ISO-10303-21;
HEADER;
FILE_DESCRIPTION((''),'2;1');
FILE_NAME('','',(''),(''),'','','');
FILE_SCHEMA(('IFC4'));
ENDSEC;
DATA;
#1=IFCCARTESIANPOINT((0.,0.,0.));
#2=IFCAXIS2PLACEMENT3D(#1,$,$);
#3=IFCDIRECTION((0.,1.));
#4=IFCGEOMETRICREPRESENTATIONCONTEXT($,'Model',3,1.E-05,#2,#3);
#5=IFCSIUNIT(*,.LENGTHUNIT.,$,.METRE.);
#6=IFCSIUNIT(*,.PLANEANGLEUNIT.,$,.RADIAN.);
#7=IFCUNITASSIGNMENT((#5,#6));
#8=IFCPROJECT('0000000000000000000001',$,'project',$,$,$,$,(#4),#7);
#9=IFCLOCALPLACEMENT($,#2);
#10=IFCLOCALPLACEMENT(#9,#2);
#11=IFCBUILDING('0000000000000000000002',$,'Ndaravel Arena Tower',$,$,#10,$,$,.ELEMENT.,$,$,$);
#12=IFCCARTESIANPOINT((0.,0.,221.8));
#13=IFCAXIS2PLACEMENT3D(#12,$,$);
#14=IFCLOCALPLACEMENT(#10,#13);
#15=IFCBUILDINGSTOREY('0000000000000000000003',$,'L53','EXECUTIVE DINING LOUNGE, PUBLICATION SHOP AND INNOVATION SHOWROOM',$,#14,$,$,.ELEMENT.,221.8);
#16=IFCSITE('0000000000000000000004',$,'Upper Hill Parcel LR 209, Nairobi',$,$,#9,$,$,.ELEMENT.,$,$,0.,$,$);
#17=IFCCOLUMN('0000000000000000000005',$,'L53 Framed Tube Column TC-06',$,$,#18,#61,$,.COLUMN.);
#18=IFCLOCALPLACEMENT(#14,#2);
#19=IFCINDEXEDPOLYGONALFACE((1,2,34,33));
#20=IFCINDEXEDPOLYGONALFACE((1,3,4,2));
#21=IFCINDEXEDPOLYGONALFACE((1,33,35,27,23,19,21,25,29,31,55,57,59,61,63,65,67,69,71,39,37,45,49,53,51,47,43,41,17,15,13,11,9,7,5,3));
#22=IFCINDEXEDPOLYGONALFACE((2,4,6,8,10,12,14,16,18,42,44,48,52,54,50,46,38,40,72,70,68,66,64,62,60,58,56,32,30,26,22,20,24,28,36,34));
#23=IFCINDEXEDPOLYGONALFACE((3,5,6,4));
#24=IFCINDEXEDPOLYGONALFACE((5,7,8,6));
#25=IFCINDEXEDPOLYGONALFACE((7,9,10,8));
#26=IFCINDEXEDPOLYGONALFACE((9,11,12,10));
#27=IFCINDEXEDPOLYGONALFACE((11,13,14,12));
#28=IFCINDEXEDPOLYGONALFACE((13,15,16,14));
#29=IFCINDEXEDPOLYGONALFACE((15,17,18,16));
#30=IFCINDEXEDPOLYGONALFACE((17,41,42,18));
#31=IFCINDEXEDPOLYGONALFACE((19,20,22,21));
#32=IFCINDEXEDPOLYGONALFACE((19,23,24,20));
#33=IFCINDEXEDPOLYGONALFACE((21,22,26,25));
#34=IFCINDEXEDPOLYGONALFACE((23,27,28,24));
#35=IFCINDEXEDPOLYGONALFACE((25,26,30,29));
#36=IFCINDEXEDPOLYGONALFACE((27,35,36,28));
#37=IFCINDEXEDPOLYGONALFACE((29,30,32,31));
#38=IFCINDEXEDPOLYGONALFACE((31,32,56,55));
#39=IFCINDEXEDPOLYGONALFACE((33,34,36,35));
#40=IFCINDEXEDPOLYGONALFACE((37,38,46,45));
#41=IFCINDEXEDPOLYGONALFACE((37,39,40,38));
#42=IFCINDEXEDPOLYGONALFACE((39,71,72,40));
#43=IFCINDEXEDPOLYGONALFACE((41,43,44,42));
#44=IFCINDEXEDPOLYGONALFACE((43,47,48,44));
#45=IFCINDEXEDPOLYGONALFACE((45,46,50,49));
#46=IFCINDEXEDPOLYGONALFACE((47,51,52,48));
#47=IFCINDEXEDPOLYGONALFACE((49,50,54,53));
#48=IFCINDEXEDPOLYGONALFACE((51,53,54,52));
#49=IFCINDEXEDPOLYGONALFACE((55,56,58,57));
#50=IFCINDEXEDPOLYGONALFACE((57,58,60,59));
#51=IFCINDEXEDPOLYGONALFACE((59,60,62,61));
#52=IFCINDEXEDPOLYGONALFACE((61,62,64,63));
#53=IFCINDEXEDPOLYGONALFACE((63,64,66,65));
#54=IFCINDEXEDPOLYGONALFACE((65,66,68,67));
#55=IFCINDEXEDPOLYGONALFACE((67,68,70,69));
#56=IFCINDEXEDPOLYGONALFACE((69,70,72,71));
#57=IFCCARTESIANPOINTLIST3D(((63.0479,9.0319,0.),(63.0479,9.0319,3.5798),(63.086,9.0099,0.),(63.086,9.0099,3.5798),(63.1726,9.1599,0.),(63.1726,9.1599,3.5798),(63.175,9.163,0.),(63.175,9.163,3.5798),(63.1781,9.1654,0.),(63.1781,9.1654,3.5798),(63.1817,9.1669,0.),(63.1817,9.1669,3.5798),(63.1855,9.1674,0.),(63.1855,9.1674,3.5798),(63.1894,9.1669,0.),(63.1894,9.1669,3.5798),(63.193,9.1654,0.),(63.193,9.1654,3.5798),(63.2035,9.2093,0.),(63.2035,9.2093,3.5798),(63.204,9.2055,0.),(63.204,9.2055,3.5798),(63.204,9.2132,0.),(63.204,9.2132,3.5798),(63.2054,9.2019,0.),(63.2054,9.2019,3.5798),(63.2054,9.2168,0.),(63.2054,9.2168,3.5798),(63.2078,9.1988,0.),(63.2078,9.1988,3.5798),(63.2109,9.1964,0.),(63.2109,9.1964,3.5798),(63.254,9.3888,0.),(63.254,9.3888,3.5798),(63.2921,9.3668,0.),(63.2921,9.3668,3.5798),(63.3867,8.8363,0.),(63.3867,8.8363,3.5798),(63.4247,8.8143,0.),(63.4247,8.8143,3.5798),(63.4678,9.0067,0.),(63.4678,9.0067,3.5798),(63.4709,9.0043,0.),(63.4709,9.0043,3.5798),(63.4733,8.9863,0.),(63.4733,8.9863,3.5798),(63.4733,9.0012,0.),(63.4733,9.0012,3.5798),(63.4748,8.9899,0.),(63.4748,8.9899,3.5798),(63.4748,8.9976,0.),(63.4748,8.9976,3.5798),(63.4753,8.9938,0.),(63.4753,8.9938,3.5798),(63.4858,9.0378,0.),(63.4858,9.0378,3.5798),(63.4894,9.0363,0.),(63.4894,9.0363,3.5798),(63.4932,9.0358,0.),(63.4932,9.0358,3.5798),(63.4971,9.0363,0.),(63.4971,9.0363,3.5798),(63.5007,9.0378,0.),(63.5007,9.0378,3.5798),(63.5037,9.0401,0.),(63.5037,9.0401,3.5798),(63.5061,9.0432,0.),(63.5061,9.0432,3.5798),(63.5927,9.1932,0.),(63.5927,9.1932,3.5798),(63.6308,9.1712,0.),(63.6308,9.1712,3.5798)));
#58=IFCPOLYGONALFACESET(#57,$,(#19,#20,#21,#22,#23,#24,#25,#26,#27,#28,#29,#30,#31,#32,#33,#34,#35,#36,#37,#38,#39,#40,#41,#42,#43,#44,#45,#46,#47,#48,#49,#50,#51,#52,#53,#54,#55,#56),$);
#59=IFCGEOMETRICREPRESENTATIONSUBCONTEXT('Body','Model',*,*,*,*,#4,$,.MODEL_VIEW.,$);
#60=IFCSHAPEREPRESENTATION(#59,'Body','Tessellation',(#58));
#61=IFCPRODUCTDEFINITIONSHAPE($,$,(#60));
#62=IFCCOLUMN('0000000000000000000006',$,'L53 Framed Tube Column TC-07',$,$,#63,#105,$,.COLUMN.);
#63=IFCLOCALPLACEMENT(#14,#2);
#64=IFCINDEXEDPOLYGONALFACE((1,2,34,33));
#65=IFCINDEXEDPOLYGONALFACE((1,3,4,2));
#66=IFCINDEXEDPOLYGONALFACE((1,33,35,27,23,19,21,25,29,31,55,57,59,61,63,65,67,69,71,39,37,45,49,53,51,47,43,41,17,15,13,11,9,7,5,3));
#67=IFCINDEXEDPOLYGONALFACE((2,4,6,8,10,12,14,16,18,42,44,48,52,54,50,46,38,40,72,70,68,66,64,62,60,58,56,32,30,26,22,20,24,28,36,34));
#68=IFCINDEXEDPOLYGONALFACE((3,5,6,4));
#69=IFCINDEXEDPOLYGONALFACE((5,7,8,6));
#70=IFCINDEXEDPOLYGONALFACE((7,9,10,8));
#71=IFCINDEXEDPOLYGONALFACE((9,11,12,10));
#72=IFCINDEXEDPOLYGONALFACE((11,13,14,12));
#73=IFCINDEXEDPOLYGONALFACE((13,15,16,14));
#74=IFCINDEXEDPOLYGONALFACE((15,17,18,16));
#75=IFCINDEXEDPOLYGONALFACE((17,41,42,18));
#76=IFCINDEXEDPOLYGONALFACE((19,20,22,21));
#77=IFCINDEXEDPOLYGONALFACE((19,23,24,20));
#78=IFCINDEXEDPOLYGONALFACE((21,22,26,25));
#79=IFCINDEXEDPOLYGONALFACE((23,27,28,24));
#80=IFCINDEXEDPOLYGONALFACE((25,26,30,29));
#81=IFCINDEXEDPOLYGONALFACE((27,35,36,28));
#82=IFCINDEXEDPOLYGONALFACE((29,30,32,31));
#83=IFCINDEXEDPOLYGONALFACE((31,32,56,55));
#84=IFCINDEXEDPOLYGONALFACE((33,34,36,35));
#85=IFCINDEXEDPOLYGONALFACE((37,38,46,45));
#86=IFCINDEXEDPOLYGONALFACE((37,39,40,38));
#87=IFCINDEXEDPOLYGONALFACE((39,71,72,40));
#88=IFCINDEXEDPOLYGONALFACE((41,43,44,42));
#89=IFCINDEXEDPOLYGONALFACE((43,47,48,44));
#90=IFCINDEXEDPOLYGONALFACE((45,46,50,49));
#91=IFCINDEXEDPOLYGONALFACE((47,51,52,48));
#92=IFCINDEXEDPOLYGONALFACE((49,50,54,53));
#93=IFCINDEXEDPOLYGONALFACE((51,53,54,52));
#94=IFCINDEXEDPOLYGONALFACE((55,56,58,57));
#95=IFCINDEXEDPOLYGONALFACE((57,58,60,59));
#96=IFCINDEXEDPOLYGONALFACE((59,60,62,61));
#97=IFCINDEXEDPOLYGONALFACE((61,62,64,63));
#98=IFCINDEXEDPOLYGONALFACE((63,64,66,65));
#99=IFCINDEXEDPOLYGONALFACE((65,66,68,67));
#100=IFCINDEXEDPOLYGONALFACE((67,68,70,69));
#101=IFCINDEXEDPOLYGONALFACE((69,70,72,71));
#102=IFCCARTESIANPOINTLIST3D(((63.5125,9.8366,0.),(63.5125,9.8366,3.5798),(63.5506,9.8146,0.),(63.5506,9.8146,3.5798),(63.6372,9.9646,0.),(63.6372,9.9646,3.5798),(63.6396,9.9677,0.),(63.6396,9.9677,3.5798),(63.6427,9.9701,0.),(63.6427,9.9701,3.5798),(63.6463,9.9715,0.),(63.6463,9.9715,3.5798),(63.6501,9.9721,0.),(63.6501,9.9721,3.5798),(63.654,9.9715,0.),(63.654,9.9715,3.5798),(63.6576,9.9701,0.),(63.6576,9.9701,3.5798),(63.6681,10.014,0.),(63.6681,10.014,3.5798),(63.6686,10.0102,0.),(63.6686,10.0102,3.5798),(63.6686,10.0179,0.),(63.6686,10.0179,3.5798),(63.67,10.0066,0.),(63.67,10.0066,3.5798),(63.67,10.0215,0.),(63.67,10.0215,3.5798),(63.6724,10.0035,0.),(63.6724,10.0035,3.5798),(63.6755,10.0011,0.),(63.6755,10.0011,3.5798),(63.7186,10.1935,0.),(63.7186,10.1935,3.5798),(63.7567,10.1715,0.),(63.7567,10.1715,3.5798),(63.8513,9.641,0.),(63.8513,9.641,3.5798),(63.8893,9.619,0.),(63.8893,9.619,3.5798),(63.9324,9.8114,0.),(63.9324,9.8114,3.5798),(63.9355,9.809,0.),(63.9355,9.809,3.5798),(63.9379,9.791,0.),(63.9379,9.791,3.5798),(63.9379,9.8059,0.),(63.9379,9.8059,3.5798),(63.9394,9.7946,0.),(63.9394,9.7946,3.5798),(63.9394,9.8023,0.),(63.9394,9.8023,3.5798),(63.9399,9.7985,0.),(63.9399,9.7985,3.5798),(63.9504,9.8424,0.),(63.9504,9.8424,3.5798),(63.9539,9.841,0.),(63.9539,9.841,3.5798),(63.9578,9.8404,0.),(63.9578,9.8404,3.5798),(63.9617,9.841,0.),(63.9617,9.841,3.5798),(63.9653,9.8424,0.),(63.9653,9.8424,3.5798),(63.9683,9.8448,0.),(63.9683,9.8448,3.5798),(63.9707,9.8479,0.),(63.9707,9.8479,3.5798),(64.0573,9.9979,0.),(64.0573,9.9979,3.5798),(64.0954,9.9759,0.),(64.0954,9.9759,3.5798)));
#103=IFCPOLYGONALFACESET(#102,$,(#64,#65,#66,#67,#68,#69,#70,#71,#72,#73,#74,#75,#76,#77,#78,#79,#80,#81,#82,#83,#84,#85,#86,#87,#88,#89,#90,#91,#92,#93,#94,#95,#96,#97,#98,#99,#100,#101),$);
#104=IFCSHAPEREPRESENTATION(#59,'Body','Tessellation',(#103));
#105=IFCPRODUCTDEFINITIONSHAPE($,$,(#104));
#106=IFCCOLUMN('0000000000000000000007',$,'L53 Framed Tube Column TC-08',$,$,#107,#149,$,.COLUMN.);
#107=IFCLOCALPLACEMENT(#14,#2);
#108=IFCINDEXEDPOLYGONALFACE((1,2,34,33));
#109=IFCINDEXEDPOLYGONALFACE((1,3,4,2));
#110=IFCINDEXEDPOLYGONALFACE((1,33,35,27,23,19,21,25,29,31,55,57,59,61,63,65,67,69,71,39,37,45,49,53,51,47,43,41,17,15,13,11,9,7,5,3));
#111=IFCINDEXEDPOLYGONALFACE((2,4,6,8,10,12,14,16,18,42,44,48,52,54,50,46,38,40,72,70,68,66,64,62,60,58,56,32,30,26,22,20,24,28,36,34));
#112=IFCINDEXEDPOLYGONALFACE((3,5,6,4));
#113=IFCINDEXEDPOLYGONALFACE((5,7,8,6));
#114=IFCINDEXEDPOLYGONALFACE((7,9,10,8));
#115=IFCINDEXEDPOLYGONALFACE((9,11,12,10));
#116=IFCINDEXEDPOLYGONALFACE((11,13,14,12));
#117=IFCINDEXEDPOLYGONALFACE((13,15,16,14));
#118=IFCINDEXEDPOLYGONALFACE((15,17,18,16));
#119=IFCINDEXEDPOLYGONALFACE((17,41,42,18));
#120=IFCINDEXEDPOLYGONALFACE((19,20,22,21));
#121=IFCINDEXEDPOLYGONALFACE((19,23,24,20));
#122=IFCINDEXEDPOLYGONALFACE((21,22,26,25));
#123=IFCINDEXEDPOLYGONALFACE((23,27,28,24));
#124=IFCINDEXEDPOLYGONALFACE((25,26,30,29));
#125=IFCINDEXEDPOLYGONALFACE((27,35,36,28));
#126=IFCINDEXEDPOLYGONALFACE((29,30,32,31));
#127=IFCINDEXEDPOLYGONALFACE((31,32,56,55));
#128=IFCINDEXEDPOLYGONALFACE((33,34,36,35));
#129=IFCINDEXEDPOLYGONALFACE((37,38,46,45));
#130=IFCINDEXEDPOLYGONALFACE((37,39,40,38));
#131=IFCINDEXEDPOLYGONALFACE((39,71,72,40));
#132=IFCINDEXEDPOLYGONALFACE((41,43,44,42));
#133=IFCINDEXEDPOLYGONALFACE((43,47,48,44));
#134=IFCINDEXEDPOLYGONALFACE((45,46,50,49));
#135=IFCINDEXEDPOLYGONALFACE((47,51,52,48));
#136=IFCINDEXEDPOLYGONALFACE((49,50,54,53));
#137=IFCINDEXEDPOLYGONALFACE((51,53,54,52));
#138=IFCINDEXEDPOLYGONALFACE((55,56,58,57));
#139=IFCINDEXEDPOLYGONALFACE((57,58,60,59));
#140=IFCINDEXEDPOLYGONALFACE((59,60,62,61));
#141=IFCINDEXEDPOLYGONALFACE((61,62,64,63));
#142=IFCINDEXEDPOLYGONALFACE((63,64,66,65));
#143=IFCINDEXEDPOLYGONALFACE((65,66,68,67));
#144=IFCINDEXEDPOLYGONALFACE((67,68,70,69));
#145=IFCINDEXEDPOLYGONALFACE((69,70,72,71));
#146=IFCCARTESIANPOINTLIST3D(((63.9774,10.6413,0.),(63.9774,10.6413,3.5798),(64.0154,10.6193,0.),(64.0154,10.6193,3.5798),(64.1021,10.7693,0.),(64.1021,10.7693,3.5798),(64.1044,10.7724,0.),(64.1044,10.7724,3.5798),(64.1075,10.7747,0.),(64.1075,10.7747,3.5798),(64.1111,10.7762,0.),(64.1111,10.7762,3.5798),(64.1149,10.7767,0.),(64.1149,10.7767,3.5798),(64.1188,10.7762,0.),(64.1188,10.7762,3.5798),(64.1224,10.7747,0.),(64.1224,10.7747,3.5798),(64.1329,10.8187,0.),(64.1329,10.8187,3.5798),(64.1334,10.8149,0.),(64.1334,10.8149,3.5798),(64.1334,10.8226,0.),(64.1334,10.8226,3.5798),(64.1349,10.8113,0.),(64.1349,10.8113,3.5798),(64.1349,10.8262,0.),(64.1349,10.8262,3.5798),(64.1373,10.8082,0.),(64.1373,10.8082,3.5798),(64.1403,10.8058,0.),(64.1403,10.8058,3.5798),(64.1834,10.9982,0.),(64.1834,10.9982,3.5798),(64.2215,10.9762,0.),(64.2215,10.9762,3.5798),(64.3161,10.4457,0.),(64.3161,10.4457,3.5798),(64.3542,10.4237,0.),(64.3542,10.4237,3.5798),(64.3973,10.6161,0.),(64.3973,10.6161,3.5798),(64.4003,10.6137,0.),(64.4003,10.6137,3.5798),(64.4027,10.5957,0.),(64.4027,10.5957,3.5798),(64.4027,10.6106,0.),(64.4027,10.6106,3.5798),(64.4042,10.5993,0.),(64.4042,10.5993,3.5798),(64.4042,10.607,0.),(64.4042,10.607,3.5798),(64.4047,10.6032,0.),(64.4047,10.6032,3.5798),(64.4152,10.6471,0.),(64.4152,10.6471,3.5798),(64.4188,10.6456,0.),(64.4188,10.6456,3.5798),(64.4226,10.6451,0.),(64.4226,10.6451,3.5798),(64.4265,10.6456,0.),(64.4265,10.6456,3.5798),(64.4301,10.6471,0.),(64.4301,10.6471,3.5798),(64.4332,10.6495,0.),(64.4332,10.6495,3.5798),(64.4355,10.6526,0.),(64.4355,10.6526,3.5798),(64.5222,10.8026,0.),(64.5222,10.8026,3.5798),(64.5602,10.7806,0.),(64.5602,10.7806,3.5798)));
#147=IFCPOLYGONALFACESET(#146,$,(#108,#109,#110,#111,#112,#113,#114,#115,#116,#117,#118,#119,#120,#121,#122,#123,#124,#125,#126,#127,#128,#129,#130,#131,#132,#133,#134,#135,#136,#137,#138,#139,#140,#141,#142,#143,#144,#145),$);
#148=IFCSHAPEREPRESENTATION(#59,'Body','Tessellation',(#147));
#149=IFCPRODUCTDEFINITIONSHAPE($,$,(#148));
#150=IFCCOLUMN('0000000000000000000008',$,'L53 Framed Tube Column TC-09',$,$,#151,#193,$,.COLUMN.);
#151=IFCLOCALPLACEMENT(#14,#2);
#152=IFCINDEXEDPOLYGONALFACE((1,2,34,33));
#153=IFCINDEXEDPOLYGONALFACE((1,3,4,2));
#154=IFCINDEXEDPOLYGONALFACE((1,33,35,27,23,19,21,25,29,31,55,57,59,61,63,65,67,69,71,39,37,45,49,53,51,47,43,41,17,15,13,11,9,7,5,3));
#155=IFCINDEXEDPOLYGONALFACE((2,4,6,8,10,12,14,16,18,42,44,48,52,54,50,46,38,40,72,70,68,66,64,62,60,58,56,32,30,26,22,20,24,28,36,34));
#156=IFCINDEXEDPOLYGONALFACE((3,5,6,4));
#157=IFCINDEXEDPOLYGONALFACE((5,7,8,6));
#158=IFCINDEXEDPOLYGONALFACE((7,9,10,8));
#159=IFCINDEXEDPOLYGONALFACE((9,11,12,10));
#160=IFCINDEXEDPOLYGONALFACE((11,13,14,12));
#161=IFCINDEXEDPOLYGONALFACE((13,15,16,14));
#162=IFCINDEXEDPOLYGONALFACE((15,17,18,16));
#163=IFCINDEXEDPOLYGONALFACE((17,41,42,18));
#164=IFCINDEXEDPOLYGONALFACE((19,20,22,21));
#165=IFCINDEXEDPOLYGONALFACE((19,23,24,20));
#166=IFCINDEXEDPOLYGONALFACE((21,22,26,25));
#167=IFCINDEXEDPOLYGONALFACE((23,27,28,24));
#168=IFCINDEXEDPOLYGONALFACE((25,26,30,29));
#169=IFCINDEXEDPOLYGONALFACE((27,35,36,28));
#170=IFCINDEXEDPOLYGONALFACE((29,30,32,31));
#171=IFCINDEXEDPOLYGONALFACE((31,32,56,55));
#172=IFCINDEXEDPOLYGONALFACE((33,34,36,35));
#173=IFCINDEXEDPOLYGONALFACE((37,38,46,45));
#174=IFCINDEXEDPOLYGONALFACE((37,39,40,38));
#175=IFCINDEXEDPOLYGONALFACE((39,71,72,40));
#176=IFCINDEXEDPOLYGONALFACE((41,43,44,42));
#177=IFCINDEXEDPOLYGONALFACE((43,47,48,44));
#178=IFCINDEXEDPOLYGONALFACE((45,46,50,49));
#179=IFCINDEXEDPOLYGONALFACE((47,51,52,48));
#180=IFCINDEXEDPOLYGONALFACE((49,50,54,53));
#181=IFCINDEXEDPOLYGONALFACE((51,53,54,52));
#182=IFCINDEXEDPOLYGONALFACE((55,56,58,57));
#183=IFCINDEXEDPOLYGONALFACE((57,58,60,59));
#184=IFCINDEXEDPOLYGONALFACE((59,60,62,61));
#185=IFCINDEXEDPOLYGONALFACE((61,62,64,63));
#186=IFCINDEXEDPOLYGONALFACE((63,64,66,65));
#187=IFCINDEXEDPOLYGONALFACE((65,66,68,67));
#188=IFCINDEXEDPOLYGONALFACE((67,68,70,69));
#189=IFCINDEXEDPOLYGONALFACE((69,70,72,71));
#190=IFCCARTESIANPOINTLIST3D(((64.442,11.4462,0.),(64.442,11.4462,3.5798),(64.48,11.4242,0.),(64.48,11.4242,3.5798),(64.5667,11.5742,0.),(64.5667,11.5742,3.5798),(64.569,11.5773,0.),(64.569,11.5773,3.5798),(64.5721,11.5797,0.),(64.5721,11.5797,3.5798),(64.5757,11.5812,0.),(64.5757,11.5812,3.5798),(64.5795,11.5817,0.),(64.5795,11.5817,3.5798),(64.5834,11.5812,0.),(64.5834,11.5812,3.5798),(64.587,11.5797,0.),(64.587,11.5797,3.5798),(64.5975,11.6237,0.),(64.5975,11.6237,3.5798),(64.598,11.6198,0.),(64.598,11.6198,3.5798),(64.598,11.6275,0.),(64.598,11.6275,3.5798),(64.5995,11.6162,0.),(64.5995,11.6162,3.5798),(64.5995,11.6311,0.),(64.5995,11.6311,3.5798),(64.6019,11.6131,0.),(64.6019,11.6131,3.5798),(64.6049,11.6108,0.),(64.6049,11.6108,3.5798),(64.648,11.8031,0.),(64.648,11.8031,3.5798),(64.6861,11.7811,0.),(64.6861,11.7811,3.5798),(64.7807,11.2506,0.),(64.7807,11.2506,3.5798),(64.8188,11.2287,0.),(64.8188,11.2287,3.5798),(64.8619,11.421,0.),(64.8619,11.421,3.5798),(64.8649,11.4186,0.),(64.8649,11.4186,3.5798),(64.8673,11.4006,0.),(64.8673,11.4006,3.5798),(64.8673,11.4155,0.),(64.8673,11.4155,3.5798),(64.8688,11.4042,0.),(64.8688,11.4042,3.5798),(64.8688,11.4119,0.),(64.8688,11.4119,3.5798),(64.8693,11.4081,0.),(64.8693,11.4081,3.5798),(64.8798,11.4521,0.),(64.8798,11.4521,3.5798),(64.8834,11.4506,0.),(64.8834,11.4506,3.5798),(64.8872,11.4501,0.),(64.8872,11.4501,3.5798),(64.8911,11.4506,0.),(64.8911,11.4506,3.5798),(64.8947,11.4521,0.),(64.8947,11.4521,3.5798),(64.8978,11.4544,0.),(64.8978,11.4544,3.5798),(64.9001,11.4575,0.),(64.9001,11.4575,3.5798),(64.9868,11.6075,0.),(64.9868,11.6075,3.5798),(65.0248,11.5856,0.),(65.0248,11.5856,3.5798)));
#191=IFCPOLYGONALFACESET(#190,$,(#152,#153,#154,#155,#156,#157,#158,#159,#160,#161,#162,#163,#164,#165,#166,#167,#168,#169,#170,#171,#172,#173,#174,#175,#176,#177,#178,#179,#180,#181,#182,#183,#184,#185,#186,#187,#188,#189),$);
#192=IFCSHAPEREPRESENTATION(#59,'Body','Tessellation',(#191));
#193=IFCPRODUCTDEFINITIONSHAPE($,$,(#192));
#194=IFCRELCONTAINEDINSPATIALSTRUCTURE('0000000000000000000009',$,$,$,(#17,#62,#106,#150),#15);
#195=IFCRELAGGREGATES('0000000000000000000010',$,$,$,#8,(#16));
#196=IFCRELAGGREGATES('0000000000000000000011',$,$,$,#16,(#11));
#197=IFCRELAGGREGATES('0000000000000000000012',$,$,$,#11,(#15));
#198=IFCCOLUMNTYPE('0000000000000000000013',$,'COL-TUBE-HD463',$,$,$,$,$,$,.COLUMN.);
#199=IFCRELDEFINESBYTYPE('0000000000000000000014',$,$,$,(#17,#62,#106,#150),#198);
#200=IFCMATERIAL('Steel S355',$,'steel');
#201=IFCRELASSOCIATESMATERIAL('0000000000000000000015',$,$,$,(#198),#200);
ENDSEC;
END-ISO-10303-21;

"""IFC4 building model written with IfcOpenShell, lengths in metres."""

from ifc_helpers import new_model, si_unit, direction, frame, origin, origin_2d, place, context, subcontext, project, spatial, i_section, extrude, material, material_profile, profile_set, type_object, element, save


model = new_model("IFC4")

# Units and contexts
model_context = context("Model", 3, precision=1e-05, world=origin(), true_north=direction((0.0, 1.0)))
body_context = subcontext(model_context, "Body", "Model", "MODEL_VIEW")
ifc_project = project(units=[si_unit("LENGTHUNIT", "METRE"), si_unit("PLANEANGLEUNIT", "RADIAN")], contexts=[model_context])

# Site, building, storey
site_placement = place(None, origin())
site = spatial("IfcSite", under=ifc_project, at=site_placement, Name="Upper Hill Parcel LR 209, Nairobi", CompositionType="ELEMENT", RefElevation=0.0)
building_placement = place(site_placement, origin())
building = spatial("IfcBuilding", under=site, at=building_placement, Name="Ndaravel Arena Tower", CompositionType="ELEMENT")
storey_placement = place(building_placement, frame((0.0, 0.0, 221.8)))
storey = spatial("IfcBuildingStorey", under=building, at=storey_placement, Name="L53", Description="EXECUTIVE DINING LOUNGE, PUBLICATION SHOP AND INNOVATION SHOWROOM", CompositionType="ELEMENT", Elevation=221.8)

# Columns
ifc_material_1 = material(Name="Steel S355", Category="steel")
ifc_material_profile_1 = material_profile(ifc_material_1, i_section(OverallWidth=0.4121, OverallDepth=0.4351, WebThickness=0.0359, FlangeThickness=0.0439, FilletRadius=0.0149, at=origin_2d()), Name="HD 400x463")
ifc_profile_set_1 = profile_set([ifc_material_profile_1], Name="Steel S355")
column_type = type_object("IfcColumnType", Name="COL-TUBE-HD463", PredefinedType="COLUMN", material=ifc_profile_set_1)
for number, where, z_axis, x_axis, name in (
    (1, (63.3394, 9.1016, 0.0), (0.0, 0.0, 1.0), (0.5, 0.866025, 0.0), "L53 Framed Tube Column TC-06"),
    (2, (63.804, 9.9062, 0.0), (0.0, 0.0, 1.0), (0.5, 0.866025, 0.0), "L53 Framed Tube Column TC-07"),
    (3, (64.2688, 10.7109, 0.0), (0.0, 0.0, 1.0), (0.5, 0.866025, 0.0), "L53 Framed Tube Column TC-08"),
    (4, (64.7334, 11.5159, 0.0), (0.0, 0.0, 1.0), (0.5, 0.866025, 0.0), "L53 Framed Tube Column TC-09"),
):
    element("IfcColumn", number, at=place(storey_placement, frame(where, z_axis=z_axis, x_axis=x_axis)), inside=storey, type_object=column_type, Name=name, PredefinedType="COLUMN", context=body_context, shape_type="SweptSolid", body=[
        extrude(i_section(OverallWidth=0.4121, OverallDepth=0.4351, WebThickness=0.0359, FlangeThickness=0.0439, FilletRadius=0.0149, at=origin_2d()), origin(), (0.0, 0.0, 1.0), 3.5798),
    ])

save(model, "model.ifc")
